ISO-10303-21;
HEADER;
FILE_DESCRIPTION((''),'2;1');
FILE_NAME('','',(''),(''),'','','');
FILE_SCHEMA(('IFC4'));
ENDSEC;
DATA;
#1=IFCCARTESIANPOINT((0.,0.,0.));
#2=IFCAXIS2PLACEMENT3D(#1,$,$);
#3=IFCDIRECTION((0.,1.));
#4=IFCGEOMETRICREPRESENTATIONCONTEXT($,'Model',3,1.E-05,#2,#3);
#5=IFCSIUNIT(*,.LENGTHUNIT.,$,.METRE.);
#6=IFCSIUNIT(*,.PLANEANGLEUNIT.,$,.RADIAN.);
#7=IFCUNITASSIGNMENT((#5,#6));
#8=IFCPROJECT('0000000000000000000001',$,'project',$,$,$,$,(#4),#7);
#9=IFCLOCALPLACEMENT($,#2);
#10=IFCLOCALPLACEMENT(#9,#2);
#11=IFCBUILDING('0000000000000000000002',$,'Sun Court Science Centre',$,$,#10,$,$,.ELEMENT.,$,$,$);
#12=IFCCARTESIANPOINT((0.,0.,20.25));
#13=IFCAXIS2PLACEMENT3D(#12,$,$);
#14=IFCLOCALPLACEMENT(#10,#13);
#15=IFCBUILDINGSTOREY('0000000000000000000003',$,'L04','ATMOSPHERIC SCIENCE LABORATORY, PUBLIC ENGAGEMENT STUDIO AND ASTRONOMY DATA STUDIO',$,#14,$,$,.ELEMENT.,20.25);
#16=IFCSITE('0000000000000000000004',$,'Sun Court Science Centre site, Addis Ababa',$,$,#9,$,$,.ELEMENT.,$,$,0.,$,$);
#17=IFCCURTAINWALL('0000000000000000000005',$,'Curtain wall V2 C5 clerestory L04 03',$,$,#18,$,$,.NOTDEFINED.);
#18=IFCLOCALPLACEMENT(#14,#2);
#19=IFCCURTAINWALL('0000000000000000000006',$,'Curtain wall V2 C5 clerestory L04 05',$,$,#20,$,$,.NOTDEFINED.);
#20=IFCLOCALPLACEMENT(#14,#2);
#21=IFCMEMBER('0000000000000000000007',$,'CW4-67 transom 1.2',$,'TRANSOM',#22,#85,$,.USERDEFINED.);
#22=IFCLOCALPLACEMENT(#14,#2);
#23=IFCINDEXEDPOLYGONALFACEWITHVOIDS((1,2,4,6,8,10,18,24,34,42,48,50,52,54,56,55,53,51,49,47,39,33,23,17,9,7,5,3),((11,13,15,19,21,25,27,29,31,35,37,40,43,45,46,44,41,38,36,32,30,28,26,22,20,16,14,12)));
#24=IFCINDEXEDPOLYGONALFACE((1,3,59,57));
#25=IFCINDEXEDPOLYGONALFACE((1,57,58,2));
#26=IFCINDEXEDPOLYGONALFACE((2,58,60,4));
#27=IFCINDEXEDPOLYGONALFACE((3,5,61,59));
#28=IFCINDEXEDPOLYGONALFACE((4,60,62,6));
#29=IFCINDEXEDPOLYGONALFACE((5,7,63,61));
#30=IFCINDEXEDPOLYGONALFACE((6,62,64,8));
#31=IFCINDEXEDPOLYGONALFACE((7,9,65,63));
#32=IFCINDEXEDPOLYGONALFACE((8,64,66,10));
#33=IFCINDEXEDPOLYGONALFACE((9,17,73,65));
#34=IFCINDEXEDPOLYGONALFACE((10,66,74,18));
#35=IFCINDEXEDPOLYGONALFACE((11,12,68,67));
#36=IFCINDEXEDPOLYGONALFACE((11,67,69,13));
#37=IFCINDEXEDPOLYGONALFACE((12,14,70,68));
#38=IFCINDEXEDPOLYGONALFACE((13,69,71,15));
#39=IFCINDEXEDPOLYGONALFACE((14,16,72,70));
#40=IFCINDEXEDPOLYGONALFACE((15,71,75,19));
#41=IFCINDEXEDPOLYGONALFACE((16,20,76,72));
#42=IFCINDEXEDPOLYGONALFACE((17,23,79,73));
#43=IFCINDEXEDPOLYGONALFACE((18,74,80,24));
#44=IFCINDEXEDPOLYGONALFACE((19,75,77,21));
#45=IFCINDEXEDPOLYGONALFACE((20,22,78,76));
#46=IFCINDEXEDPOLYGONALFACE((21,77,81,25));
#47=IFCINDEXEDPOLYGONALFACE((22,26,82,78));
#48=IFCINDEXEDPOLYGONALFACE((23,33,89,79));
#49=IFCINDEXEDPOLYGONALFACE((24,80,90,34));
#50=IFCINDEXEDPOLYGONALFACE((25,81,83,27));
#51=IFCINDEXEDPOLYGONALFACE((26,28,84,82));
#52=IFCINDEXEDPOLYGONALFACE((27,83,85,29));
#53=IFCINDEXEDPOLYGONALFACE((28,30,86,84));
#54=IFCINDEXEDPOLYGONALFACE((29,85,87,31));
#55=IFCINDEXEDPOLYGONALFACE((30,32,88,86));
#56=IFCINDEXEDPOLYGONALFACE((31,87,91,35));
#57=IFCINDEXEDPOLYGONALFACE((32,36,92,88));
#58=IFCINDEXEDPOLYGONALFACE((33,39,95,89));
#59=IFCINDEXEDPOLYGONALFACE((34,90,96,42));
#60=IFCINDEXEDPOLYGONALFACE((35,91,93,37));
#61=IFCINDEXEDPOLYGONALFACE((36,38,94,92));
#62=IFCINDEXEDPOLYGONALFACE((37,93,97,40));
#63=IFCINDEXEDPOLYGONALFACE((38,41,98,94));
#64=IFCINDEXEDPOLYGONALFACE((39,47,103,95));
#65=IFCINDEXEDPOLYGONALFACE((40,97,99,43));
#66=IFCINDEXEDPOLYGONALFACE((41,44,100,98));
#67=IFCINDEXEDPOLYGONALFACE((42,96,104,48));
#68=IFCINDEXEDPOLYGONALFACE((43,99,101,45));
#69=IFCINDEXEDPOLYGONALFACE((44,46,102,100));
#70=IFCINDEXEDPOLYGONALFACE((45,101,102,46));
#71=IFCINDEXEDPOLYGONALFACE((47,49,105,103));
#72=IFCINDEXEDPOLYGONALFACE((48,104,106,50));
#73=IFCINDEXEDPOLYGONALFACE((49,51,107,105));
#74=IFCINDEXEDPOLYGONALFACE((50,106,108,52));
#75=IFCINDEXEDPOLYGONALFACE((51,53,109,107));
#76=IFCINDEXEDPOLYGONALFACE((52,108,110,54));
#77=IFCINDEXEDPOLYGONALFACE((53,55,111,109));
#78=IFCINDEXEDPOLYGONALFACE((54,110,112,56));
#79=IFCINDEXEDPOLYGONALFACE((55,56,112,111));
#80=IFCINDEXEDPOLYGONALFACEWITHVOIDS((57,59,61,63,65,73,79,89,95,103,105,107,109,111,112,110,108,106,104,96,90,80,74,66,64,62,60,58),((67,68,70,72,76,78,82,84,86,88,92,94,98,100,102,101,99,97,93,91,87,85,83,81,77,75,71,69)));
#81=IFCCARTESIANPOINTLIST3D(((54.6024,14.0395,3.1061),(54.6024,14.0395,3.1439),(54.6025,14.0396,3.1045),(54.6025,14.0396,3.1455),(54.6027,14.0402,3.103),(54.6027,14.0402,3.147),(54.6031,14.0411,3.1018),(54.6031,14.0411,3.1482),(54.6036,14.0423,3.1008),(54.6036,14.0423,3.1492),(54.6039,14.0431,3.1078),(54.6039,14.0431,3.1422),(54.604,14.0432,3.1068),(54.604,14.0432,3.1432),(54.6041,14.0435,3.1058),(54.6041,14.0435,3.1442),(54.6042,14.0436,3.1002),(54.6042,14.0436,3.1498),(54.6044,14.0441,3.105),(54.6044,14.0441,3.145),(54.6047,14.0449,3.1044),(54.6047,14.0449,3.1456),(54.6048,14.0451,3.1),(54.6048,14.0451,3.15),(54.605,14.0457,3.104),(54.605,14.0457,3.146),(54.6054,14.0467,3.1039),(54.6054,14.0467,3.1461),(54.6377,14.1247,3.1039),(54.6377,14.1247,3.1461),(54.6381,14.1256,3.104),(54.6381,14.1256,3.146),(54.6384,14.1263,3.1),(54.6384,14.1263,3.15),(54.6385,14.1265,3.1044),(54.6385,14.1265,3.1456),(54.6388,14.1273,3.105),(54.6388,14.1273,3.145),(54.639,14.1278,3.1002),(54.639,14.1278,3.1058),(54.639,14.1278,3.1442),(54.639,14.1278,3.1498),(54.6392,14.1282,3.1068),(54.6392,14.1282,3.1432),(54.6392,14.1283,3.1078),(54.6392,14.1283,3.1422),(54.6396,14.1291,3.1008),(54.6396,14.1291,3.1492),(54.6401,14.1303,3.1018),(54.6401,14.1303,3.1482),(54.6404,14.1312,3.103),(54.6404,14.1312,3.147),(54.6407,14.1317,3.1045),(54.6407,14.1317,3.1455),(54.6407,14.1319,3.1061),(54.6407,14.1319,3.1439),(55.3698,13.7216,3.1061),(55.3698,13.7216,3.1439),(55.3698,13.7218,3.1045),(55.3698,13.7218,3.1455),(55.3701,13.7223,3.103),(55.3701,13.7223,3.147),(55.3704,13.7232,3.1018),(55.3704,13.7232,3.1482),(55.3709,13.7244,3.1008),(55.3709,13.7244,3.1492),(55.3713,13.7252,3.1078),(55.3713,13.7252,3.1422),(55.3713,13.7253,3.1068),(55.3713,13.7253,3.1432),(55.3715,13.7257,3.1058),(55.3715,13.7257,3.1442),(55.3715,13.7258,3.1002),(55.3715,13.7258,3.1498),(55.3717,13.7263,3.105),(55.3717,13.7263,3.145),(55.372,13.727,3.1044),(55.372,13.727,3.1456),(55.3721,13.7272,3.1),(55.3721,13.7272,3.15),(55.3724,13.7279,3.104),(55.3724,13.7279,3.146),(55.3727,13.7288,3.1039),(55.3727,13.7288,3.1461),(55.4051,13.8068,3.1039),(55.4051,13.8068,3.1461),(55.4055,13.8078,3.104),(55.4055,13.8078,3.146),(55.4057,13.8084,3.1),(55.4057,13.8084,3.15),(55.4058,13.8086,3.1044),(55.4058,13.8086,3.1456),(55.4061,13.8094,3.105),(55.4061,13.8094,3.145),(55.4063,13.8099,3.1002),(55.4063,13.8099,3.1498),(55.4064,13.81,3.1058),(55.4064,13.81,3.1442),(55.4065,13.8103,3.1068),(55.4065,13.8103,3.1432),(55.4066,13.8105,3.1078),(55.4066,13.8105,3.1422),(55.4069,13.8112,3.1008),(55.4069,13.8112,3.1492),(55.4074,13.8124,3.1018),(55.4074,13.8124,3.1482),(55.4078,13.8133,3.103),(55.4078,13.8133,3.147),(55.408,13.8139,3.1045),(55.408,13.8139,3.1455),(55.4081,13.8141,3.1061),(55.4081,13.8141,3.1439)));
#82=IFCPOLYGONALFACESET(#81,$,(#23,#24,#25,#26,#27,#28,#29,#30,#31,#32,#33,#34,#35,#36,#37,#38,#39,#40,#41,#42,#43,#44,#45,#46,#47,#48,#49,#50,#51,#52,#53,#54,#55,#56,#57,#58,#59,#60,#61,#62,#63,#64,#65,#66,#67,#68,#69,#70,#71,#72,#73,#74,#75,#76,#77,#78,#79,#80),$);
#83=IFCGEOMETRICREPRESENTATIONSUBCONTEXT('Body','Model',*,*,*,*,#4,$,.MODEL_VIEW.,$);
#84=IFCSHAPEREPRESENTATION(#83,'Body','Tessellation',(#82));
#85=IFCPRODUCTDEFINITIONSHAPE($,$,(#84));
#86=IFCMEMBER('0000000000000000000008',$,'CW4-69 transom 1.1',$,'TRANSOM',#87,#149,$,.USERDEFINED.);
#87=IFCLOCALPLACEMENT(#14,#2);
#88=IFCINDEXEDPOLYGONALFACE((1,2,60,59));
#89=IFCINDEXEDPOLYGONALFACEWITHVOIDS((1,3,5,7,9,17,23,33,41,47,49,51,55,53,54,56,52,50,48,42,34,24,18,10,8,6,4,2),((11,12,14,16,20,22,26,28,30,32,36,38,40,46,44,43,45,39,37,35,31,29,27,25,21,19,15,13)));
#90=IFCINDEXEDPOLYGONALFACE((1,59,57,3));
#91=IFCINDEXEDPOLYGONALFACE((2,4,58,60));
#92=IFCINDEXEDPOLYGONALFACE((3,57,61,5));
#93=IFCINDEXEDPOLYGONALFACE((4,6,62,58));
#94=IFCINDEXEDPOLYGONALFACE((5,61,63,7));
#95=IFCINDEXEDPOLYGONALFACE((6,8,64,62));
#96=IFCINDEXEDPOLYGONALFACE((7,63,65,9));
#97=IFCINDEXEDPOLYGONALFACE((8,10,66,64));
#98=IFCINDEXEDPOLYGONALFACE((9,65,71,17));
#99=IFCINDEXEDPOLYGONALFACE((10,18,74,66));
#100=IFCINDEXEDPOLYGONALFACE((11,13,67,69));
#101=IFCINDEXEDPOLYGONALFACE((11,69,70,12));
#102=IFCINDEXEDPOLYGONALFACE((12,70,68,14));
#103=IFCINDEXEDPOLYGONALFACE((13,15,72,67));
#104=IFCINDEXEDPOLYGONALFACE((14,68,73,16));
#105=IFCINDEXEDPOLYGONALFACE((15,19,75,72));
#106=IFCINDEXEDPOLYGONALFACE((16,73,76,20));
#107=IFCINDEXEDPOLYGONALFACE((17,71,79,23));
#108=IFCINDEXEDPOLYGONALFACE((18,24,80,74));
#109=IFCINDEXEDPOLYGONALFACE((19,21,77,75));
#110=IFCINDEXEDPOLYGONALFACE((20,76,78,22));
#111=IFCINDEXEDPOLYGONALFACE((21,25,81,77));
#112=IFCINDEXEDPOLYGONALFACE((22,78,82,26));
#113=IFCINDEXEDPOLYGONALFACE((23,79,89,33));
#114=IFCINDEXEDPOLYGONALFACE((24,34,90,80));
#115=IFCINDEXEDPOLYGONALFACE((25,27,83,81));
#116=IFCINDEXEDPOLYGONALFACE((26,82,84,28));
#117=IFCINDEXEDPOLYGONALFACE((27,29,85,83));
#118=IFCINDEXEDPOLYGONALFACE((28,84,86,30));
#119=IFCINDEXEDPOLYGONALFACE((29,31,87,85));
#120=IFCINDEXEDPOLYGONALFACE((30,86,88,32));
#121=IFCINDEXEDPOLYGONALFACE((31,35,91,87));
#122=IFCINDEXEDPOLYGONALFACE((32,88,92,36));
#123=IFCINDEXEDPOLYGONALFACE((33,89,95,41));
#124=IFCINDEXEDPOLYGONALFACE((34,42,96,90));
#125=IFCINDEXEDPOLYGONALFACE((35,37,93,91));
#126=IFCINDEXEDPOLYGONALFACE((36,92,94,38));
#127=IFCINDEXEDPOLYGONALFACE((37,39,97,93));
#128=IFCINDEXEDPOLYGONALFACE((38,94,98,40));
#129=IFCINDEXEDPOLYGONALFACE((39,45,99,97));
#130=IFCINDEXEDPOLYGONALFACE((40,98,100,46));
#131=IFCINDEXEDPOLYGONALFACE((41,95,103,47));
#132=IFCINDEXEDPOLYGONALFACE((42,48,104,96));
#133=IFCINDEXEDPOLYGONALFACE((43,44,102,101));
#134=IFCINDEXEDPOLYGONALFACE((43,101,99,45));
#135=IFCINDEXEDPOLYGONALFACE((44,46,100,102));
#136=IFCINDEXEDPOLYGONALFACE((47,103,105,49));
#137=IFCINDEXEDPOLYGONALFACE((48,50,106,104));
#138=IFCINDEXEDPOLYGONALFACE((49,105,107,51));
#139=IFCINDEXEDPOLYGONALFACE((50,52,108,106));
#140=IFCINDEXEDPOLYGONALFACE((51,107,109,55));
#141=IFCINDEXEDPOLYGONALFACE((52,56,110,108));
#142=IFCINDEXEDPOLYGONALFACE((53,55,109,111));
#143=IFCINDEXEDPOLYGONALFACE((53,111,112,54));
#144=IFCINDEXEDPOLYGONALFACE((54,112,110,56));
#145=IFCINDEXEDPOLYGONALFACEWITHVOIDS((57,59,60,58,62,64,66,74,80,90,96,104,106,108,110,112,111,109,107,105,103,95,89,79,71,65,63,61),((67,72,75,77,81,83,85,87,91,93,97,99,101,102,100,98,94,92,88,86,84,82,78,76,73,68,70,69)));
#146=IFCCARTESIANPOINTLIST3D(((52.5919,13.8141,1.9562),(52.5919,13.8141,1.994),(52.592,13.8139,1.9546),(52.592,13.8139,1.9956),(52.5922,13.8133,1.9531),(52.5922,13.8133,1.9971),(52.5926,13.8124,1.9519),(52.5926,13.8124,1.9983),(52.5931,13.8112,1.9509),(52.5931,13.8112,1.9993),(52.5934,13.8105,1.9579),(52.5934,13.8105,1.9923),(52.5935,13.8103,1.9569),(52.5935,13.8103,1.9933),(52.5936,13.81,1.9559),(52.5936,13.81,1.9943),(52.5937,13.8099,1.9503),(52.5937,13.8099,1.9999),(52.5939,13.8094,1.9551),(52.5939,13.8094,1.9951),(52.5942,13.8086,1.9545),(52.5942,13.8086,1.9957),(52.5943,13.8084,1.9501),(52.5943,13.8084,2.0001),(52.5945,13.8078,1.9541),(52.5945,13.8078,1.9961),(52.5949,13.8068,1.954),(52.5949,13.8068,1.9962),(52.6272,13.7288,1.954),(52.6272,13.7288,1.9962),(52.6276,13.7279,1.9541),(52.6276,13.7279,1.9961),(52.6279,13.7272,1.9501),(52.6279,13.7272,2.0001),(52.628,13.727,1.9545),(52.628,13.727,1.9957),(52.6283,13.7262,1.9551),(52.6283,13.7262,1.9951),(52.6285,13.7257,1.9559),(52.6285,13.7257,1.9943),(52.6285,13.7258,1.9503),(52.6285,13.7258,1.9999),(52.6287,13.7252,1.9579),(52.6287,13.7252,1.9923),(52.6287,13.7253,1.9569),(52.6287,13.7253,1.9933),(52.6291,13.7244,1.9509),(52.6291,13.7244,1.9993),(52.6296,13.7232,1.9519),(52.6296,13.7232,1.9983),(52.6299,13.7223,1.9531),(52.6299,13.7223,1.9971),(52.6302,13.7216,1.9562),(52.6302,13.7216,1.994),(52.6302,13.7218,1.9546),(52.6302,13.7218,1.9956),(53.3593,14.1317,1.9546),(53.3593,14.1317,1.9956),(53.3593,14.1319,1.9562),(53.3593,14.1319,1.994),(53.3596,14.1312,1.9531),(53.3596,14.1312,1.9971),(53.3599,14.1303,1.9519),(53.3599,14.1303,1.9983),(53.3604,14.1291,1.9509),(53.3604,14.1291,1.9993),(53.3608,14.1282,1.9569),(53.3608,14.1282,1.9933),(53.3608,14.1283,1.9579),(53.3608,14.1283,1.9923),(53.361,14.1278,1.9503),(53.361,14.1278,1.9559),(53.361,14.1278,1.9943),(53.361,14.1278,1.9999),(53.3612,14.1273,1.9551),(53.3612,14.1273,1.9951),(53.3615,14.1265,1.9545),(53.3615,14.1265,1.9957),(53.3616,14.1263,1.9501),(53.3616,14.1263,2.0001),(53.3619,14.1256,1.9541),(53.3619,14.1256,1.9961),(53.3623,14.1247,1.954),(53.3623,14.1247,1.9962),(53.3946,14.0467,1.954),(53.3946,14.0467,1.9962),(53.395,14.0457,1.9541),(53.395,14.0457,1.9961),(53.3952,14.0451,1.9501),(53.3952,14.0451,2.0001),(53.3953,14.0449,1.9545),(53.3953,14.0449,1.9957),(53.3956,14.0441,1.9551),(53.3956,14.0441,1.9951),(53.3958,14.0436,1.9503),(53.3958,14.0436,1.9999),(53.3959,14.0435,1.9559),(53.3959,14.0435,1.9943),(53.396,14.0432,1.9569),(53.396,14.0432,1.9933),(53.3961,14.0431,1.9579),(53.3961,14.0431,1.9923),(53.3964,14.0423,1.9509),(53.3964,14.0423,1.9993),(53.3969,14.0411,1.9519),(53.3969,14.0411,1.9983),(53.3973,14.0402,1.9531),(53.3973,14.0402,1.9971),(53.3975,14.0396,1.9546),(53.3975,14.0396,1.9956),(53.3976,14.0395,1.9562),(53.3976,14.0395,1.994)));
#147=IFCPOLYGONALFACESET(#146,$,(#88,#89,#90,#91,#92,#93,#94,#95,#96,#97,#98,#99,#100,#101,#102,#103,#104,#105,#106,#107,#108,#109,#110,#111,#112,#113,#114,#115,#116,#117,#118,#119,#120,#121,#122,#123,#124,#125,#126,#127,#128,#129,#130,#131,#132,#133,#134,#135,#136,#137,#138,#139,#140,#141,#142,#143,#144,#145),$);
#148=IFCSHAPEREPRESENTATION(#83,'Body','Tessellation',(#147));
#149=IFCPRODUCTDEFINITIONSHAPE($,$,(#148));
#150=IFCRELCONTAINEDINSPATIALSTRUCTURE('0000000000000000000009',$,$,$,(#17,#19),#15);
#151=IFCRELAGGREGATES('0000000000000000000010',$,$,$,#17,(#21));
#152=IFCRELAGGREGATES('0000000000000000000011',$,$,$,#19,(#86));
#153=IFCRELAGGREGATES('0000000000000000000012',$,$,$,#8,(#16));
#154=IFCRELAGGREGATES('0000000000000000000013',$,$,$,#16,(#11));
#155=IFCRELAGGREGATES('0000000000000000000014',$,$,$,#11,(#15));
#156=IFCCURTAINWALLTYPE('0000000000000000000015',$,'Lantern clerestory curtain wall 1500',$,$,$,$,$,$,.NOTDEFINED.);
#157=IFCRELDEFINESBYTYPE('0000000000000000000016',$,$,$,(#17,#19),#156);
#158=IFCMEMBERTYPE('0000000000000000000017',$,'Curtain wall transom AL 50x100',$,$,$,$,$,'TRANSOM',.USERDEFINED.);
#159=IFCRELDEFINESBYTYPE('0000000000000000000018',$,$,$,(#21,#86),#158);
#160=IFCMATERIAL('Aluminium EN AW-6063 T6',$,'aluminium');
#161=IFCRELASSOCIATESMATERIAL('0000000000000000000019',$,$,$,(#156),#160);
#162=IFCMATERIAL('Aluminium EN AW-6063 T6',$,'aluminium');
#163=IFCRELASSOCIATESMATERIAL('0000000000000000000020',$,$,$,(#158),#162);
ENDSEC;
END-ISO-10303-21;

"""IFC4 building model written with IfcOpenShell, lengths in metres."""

from ifc_helpers import new_model, si_unit, direction, frame, origin, origin_2d, place, context, subcontext, project, spatial, hollow_rectangle, extrude, material, material_profile, profile_set, type_object, element, aggregate, save


model = new_model("IFC4")

# Units and contexts
model_context = context("Model", 3, precision=1e-05, world=origin(), true_north=direction((0.0, 1.0)))
body_context = subcontext(model_context, "Body", "Model", "MODEL_VIEW")
ifc_project = project(units=[si_unit("LENGTHUNIT", "METRE"), si_unit("PLANEANGLEUNIT", "RADIAN")], contexts=[model_context])

# Site, building, storey
site_placement = place(None, origin())
site = spatial("IfcSite", under=ifc_project, at=site_placement, Name="Sun Court Science Centre site, Addis Ababa", CompositionType="ELEMENT", RefElevation=0.0)
building_placement = place(site_placement, origin())
building = spatial("IfcBuilding", under=site, at=building_placement, Name="Sun Court Science Centre", CompositionType="ELEMENT")
storey_placement = place(building_placement, frame((0.0, 0.0, 20.25)))
storey = spatial("IfcBuildingStorey", under=building, at=storey_placement, Name="L04", Description="ATMOSPHERIC SCIENCE LABORATORY, PUBLIC ENGAGEMENT STUDIO AND ASTRONOMY DATA STUDIO", CompositionType="ELEMENT", Elevation=20.25)

# Curtain wall
ifc_material_1 = material(Name="Aluminium EN AW-6063 T6", Category="aluminium")
curtain_wall_type = type_object("IfcCurtainWallType", Name="Lantern clerestory curtain wall 1500", PredefinedType="NOTDEFINED", material=ifc_material_1)
curtain_wall_1_placement = place(storey_placement, origin())
curtain_wall_1 = element("IfcCurtainWall", 1, at=curtain_wall_1_placement, inside=storey, type_object=curtain_wall_type, Name="Curtain wall V2 C5 clerestory L04 03", PredefinedType="NOTDEFINED")

# Curtain wall
curtain_wall_2_placement = place(storey_placement, origin())
curtain_wall_2 = element("IfcCurtainWall", 2, at=curtain_wall_2_placement, inside=storey, type_object=curtain_wall_type, Name="Curtain wall V2 C5 clerestory L04 05", PredefinedType="NOTDEFINED")

# Members
ifc_material_2 = material(Name="Aluminium EN AW-6063 T6", Category="aluminium")
ifc_material_profile_1 = material_profile(ifc_material_2, hollow_rectangle(XDim=0.05, YDim=0.1001, WallThickness=0.0039, InnerFilletRadius=0.0039, OuterFilletRadius=0.0061, at=origin_2d()), Name="AL 50x100x4")
ifc_profile_set_1 = profile_set([ifc_material_profile_1], Name="Aluminium EN AW-6063 T6")
member_type_1 = type_object("IfcMemberType", Name="Curtain wall transom AL 50x100", ElementType="TRANSOM", PredefinedType="USERDEFINED", material=ifc_profile_set_1)
member_1_placement = place(storey_placement, frame((54.6216, 14.0857, 3.125), z_axis=(0.923866, -0.382715, 0.0), x_axis=(0.0, 0.0, 1.0)))
member_1 = element("IfcMember", 3, at=member_1_placement, type_object=member_type_1, Name="CW4-67 transom 1.2", ObjectType="TRANSOM", PredefinedType="USERDEFINED", context=body_context, shape_type="SweptSolid", body=[
    extrude(hollow_rectangle(XDim=0.05, YDim=0.1001, WallThickness=0.0039, InnerFilletRadius=0.0039, OuterFilletRadius=0.0061, at=origin_2d()), origin(), (0.0, 0.0, 1.0), 0.8306),
])
member_2_placement = place(storey_placement, frame((52.6111, 13.7678, 1.9751), z_axis=(0.923866, 0.382715, 0.0), x_axis=(0.0, 0.0, 1.0)))
member_2 = element("IfcMember", 4, at=member_2_placement, type_object=member_type_1, Name="CW4-69 transom 1.1", ObjectType="TRANSOM", PredefinedType="USERDEFINED", context=body_context, shape_type="SweptSolid", body=[
    extrude(hollow_rectangle(XDim=0.05, YDim=0.1001, WallThickness=0.0039, InnerFilletRadius=0.0039, OuterFilletRadius=0.0061, at=origin_2d()), origin(), (0.0, 0.0, 1.0), 0.8306),
])

aggregate(curtain_wall_1, [member_1])
aggregate(curtain_wall_2, [member_2])

save(model, "model.ifc")
